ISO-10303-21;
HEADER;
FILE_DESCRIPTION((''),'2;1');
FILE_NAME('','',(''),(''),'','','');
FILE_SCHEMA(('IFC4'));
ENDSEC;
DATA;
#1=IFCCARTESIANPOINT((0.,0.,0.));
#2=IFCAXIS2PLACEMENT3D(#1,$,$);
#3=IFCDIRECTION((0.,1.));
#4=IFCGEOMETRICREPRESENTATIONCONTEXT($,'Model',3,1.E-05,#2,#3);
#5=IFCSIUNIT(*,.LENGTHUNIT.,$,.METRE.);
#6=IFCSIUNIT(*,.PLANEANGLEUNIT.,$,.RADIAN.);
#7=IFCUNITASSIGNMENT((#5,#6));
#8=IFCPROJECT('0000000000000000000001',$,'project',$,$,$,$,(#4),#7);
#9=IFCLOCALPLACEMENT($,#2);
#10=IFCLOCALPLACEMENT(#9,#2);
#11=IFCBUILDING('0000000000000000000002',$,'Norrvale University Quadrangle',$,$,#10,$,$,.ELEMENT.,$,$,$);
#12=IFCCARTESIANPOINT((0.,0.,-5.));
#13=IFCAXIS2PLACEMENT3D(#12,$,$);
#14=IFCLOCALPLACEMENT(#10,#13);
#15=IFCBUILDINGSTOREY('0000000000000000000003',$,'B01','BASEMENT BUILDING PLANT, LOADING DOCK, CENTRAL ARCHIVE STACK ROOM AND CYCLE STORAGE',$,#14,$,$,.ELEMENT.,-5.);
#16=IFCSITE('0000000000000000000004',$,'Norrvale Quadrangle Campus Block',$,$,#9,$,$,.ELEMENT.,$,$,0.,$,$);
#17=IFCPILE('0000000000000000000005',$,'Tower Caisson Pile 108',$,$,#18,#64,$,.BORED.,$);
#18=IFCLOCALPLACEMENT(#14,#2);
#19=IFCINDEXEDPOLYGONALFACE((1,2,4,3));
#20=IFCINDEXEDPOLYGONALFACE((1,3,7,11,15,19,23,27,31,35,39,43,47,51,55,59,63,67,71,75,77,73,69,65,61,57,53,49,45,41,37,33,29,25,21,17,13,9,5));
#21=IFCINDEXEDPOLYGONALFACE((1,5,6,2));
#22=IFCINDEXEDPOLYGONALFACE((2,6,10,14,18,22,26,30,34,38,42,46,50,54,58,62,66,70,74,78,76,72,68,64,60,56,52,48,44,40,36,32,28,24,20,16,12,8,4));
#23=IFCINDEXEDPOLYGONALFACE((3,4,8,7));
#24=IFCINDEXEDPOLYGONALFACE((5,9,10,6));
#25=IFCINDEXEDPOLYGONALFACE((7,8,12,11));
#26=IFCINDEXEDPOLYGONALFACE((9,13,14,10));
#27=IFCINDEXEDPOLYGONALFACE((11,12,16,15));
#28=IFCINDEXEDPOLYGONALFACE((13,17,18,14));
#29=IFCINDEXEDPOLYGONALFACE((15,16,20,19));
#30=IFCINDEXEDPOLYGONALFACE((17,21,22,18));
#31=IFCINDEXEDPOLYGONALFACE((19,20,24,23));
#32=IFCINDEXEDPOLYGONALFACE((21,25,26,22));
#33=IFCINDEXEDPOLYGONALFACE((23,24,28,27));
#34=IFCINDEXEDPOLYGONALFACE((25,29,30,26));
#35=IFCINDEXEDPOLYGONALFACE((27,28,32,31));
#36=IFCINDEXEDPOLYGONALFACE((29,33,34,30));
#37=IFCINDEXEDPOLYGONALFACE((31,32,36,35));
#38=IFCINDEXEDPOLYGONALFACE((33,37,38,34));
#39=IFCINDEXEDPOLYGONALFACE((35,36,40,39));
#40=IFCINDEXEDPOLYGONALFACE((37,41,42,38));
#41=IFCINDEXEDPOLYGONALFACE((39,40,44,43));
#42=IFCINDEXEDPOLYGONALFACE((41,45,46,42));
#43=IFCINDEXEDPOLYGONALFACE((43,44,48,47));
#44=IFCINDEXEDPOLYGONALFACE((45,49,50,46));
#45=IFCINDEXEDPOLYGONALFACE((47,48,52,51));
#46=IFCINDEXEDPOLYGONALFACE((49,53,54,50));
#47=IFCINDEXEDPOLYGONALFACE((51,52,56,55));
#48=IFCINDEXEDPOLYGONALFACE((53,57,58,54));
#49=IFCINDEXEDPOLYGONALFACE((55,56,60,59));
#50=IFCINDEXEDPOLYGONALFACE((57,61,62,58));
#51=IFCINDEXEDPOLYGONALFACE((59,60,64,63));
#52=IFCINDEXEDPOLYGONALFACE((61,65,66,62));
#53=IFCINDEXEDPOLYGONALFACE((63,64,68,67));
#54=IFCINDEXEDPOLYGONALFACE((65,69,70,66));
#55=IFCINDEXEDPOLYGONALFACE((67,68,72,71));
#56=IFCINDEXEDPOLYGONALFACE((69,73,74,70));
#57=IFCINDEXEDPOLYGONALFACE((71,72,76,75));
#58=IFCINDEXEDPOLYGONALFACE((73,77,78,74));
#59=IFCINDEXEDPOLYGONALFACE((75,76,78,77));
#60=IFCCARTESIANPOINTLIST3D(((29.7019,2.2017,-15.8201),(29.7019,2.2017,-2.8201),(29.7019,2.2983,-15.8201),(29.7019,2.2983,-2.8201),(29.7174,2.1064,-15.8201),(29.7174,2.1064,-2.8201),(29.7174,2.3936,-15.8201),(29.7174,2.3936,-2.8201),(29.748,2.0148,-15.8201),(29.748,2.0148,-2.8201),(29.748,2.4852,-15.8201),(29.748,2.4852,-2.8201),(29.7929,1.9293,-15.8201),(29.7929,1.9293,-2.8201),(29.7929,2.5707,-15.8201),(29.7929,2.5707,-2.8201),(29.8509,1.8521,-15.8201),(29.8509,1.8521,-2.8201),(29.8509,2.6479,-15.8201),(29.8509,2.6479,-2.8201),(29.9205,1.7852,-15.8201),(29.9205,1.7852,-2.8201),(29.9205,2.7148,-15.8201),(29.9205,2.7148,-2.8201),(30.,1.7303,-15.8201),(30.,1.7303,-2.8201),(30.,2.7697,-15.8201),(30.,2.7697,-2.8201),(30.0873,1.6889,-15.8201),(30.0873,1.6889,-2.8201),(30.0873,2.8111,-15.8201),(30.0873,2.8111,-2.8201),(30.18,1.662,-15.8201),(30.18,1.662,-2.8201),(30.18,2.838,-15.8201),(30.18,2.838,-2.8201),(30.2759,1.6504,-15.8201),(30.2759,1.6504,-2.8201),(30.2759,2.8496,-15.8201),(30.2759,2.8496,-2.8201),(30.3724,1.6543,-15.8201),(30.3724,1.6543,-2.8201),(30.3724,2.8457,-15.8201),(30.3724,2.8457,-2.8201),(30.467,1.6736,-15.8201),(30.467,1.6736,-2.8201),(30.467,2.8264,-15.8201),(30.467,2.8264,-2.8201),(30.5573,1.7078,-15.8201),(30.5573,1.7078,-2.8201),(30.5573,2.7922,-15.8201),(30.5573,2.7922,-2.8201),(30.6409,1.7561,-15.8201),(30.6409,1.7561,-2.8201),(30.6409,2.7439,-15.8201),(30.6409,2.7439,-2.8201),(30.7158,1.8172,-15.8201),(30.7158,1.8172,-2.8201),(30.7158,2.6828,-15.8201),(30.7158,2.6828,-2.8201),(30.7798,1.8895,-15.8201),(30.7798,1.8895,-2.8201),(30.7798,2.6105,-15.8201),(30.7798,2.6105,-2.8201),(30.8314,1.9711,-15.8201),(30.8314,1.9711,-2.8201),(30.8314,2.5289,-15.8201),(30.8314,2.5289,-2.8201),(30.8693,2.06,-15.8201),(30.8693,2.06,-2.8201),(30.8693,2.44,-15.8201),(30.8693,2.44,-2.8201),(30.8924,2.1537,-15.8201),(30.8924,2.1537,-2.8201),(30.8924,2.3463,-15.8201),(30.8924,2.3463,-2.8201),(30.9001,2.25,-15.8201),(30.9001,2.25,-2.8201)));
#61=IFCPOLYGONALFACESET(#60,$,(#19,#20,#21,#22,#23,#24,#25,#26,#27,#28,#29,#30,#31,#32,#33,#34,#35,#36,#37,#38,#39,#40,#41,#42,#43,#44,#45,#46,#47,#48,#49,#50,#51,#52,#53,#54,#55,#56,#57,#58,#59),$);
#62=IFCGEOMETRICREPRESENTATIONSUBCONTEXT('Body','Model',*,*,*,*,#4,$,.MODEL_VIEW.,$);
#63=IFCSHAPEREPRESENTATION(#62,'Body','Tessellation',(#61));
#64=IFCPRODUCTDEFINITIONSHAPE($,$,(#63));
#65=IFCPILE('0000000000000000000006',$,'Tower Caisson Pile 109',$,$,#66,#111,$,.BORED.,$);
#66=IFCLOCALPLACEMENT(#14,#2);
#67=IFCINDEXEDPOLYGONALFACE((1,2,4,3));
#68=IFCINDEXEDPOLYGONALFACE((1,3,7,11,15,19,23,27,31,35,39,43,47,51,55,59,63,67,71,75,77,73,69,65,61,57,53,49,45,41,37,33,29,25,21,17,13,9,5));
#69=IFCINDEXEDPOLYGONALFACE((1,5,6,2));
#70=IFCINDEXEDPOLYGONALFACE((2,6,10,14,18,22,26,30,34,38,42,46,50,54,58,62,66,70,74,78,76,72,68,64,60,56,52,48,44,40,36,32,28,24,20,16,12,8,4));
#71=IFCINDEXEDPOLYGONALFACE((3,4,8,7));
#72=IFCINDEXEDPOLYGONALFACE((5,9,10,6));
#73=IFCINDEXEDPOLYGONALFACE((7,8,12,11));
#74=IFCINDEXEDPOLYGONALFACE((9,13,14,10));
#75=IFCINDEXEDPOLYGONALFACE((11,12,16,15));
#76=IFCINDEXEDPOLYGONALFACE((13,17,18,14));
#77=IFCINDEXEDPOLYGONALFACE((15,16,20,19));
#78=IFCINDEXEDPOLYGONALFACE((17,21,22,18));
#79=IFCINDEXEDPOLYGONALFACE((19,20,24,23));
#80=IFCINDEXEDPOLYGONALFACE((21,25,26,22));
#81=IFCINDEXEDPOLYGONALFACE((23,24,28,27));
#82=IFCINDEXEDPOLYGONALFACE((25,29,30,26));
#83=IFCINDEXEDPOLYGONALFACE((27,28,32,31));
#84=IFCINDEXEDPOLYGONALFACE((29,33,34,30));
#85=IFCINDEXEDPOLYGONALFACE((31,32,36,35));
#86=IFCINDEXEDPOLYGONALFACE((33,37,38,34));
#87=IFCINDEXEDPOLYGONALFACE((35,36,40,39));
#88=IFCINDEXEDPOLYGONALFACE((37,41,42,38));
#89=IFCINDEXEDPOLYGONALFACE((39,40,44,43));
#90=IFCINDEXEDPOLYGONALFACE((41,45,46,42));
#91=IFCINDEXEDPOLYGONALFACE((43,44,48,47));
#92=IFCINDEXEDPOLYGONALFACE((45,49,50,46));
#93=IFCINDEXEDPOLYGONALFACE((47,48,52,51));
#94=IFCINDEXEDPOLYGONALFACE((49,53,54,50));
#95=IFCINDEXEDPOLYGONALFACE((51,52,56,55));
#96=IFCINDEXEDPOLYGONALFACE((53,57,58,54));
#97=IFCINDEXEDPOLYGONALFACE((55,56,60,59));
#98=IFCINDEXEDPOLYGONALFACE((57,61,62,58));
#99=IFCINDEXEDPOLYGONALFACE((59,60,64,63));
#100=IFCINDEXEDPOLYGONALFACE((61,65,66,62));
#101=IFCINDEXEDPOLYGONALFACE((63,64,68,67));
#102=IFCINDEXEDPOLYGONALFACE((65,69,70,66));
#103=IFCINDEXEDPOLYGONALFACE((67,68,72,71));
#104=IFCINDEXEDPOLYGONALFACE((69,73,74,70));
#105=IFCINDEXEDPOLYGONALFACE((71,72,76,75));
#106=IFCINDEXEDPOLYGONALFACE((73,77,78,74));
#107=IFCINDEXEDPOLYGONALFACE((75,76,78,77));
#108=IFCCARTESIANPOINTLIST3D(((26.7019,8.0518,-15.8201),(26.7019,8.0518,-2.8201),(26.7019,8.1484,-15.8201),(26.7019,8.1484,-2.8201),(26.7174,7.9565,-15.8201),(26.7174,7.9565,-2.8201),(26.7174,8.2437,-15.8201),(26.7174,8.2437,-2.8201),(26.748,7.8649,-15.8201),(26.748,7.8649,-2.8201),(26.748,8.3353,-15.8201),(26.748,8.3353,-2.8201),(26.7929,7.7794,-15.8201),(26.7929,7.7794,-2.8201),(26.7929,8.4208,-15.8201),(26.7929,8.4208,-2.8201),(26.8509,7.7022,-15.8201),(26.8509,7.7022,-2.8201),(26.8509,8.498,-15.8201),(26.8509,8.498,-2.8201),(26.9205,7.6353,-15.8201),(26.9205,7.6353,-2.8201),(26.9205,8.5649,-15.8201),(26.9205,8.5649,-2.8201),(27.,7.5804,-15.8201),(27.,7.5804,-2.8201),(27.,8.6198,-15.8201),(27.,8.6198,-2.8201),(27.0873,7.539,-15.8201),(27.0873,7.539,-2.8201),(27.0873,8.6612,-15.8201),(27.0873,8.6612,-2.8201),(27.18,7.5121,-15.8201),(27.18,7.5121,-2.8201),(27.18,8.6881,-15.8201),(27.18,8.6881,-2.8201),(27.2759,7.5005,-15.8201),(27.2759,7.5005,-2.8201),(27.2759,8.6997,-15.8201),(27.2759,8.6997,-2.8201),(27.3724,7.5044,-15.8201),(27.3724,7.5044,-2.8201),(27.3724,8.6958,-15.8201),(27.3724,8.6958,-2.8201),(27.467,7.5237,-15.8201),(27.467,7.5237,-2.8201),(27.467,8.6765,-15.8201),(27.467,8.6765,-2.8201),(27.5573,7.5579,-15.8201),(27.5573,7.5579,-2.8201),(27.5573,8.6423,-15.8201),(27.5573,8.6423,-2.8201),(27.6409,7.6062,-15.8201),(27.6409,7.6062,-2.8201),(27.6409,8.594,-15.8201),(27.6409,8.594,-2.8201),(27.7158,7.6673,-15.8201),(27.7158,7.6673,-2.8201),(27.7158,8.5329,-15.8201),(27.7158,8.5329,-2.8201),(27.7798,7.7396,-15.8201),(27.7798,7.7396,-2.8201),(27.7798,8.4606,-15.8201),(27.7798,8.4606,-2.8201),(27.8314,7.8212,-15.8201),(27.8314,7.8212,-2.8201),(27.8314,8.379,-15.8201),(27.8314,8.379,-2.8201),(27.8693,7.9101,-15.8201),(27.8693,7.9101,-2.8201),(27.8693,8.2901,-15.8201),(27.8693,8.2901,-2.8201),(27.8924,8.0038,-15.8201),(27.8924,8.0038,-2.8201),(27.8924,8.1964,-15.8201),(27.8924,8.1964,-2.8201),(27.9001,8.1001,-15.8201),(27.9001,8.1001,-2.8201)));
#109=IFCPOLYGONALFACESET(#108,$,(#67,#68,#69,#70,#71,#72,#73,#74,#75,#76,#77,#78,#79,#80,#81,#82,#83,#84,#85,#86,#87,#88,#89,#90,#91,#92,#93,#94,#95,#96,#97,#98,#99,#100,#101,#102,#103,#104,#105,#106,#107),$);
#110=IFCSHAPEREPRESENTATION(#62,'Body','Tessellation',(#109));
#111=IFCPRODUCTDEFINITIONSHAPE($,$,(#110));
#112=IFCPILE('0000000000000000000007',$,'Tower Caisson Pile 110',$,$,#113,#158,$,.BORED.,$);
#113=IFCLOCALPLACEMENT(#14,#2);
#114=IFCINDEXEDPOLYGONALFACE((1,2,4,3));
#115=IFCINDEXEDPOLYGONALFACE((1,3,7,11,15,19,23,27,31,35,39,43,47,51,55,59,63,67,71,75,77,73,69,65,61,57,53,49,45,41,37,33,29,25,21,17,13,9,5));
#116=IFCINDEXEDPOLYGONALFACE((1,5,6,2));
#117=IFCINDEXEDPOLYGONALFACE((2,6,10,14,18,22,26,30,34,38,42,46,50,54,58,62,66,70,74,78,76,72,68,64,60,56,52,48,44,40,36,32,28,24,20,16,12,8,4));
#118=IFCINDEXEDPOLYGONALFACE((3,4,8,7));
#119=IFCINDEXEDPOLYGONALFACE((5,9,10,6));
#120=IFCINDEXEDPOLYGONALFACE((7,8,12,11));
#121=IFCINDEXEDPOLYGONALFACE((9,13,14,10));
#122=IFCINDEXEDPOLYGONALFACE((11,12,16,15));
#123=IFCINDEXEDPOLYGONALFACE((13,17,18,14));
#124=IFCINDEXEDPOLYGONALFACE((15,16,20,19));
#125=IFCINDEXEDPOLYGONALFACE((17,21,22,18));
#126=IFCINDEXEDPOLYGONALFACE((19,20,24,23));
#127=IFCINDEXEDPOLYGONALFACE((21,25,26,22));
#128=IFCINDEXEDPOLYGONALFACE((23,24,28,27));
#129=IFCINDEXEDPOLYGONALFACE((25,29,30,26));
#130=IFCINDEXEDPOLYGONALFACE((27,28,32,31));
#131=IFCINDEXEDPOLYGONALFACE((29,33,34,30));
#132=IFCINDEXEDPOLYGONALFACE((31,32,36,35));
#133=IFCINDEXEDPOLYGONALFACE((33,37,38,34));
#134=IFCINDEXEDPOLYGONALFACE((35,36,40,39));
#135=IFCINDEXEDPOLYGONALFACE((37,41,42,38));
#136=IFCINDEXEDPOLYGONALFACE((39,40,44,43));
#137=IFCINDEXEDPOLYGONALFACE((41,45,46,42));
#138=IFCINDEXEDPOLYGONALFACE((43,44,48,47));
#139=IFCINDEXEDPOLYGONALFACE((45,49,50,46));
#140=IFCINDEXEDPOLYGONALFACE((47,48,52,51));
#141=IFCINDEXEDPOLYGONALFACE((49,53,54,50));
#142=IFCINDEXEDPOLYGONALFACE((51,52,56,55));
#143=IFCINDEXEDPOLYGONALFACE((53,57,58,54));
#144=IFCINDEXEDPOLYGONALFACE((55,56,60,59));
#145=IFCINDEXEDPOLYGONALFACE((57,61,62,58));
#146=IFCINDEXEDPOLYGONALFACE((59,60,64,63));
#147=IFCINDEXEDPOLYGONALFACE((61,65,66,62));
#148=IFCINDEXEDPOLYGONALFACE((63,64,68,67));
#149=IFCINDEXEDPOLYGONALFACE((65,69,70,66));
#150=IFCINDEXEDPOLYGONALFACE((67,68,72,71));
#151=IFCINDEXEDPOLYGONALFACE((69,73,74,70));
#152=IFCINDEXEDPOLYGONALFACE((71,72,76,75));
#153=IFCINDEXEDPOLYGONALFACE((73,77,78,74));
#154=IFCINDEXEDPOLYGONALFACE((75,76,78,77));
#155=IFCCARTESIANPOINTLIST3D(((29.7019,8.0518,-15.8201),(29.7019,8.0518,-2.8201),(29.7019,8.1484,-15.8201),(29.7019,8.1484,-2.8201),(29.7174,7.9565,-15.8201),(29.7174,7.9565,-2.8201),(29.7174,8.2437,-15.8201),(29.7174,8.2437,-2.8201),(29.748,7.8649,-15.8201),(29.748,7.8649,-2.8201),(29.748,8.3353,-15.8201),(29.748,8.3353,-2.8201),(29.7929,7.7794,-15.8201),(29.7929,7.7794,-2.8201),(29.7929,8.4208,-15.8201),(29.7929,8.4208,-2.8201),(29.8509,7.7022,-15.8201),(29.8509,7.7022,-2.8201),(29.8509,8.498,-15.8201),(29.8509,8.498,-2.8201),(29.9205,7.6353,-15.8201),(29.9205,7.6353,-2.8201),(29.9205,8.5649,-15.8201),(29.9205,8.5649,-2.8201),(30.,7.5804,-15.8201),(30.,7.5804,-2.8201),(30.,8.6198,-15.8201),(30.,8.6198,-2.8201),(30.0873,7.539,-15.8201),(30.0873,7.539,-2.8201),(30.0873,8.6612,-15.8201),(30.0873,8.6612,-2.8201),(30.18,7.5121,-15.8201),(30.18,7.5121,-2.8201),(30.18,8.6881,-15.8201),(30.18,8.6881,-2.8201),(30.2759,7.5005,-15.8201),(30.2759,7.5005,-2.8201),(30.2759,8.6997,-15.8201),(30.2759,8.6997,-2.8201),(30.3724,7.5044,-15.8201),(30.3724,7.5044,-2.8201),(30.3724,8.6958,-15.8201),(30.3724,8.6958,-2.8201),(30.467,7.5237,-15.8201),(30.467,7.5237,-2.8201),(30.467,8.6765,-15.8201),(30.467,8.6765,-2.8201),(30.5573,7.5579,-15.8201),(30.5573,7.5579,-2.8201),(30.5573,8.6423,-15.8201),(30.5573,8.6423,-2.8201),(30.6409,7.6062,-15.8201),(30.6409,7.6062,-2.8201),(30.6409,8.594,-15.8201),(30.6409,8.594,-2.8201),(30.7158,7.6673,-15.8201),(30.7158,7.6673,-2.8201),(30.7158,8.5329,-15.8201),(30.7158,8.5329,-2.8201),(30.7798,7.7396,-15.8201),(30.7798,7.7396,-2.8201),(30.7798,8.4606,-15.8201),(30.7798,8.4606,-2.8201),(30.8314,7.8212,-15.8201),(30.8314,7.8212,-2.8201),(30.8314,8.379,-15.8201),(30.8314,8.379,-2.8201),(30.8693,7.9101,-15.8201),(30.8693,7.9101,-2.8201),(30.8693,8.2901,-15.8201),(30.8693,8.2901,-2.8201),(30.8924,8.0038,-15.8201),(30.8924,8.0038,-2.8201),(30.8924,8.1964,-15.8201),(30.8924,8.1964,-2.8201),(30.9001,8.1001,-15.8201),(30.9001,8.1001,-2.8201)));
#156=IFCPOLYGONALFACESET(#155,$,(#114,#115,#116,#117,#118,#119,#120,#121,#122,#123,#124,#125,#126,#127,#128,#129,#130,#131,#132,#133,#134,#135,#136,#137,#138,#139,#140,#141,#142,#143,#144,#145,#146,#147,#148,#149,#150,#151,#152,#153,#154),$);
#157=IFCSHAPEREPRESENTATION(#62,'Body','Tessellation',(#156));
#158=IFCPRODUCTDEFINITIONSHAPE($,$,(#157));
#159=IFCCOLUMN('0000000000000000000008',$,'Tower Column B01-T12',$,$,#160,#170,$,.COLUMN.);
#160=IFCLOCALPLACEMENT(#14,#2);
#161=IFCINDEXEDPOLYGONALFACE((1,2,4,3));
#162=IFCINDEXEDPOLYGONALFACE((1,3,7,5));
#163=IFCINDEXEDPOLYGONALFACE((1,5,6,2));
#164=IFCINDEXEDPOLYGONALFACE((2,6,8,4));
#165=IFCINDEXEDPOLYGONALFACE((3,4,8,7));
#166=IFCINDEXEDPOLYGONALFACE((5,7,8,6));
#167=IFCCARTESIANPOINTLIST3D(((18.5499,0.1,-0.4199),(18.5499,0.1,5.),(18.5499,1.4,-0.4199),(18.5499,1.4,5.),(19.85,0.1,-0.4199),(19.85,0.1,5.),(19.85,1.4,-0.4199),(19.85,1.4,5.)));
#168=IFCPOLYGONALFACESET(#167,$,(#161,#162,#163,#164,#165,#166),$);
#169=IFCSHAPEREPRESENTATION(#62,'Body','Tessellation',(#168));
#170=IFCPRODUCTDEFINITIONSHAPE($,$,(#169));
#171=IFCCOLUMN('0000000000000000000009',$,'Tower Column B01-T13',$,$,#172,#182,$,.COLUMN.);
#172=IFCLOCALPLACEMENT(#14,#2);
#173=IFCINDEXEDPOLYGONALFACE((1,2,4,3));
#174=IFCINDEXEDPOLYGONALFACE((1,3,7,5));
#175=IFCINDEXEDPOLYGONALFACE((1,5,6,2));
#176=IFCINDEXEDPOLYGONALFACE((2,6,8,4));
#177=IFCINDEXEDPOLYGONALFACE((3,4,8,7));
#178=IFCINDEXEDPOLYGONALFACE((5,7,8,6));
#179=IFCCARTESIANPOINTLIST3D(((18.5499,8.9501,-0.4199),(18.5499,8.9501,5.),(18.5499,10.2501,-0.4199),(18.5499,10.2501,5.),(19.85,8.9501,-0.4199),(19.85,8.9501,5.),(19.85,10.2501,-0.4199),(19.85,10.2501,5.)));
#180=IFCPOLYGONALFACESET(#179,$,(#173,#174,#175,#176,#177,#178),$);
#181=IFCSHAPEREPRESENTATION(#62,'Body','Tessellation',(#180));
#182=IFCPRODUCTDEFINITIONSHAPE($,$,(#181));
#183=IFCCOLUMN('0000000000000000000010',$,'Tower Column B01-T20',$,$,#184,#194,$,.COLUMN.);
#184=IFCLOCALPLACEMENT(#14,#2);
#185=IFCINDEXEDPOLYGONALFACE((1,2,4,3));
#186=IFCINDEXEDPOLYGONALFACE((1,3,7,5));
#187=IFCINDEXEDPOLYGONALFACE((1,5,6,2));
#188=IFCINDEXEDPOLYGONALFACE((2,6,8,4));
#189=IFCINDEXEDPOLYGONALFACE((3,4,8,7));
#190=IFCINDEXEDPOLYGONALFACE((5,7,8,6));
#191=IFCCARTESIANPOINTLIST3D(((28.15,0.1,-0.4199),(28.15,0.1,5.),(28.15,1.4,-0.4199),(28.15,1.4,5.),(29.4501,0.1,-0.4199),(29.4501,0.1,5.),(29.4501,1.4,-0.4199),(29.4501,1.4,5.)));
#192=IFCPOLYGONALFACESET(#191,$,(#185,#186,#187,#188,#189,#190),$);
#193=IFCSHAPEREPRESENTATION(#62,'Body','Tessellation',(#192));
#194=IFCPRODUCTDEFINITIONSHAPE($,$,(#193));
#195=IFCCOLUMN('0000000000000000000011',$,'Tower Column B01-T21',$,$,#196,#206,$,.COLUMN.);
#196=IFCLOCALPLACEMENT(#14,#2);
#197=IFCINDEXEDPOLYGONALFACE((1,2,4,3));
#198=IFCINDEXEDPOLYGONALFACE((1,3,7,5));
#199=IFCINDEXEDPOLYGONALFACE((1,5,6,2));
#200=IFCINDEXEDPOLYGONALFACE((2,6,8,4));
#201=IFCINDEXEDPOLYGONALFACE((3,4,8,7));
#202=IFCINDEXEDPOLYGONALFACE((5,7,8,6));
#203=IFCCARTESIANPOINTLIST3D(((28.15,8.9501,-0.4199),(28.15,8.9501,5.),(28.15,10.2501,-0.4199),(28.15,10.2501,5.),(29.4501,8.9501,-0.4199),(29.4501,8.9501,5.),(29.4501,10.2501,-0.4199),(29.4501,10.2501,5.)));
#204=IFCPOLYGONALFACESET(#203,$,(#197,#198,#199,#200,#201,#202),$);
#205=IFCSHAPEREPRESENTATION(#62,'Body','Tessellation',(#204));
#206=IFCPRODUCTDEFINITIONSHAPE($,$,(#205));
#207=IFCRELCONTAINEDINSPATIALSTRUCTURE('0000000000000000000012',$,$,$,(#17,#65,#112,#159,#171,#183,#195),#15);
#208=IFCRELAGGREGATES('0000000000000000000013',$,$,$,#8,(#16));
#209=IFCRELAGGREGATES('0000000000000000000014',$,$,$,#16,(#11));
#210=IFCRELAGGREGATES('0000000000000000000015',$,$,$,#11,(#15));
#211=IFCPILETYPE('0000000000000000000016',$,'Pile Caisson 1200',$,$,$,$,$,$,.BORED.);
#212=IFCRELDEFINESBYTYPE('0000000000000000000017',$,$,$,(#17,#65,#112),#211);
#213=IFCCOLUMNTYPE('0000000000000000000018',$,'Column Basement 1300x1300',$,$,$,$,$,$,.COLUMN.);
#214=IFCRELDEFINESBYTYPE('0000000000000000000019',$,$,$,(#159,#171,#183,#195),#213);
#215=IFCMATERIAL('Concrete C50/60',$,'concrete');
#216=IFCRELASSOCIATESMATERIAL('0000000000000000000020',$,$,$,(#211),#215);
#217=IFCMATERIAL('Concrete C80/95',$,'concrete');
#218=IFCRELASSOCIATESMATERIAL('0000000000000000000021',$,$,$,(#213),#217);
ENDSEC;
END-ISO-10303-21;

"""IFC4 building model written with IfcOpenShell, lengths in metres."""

from ifc_helpers import new_model, si_unit, direction, frame, origin, origin_2d, place, context, subcontext, project, spatial, rectangle, circle, extrude, material, material_profile, profile_set, type_object, element, save


model = new_model("IFC4")

# Units and contexts
model_context = context("Model", 3, precision=1e-05, world=origin(), true_north=direction((0.0, 1.0)))
body_context = subcontext(model_context, "Body", "Model", "MODEL_VIEW")
ifc_project = project(units=[si_unit("LENGTHUNIT", "METRE"), si_unit("PLANEANGLEUNIT", "RADIAN")], contexts=[model_context])

# Site, building, storey
site_placement = place(None, origin())
site = spatial("IfcSite", under=ifc_project, at=site_placement, Name="Norrvale Quadrangle Campus Block", CompositionType="ELEMENT", RefElevation=0.0)
building_placement = place(site_placement, origin())
building = spatial("IfcBuilding", under=site, at=building_placement, Name="Norrvale University Quadrangle", CompositionType="ELEMENT")
storey_placement = place(building_placement, frame((0.0, 0.0, -5.0)))
storey = spatial("IfcBuildingStorey", under=building, at=storey_placement, Name="B01", Description="BASEMENT BUILDING PLANT, LOADING DOCK, CENTRAL ARCHIVE STACK ROOM AND CYCLE STORAGE", CompositionType="ELEMENT", Elevation=-5.0)

# Shared definitions
ifc_material_1 = material(Name="Concrete C50/60", Category="concrete")

# Piles
ifc_material_profile_1 = material_profile(ifc_material_1, circle(Radius=0.6001, at=origin_2d()), Name="Concrete C50/60")
ifc_profile_set_1 = profile_set([ifc_material_profile_1], Name="Concrete C50/60")
pile_type = type_object("IfcPileType", Name="Pile Caisson 1200", PredefinedType="BORED", material=ifc_profile_set_1)
for number, where, z_axis, x_axis, name in (
    (1, (30.3, 2.25, -2.8201), (0.0, 0.0, -1.0), (1.0, 0.0, 0.0), "Tower Caisson Pile 108"),
    (2, (27.3, 8.1001, -2.8201), (0.0, 0.0, -1.0), (1.0, 0.0, 0.0), "Tower Caisson Pile 109"),
    (3, (30.3, 8.1001, -2.8201), (0.0, 0.0, -1.0), (1.0, 0.0, 0.0), "Tower Caisson Pile 110"),
):
    element("IfcPile", number, at=place(storey_placement, frame(where, z_axis=z_axis, x_axis=x_axis)), inside=storey, type_object=pile_type, Name=name, PredefinedType="BORED", context=body_context, shape_type="SweptSolid", body=[
        extrude(circle(Radius=0.6001, at=origin_2d()), origin(), (0.0, 0.0, 1.0), 13.0),
    ])

# Columns
ifc_material_2 = material(Name="Concrete C80/95", Category="concrete")
ifc_material_profile_2 = material_profile(ifc_material_2, rectangle(XDim=1.3, YDim=1.3, at=origin_2d()), Name="Concrete C80/95")
ifc_profile_set_2 = profile_set([ifc_material_profile_2], Name="Concrete C80/95")
column_type = type_object("IfcColumnType", Name="Column Basement 1300x1300", PredefinedType="COLUMN", material=ifc_profile_set_2)
for number, where, z_axis, x_axis, name in (
    (4, (19.2, 0.75, -0.4199), (0.0, 0.0, 1.0), (1.0, 0.0, 0.0), "Tower Column B01-T12"),
    (5, (19.2, 9.6001, -0.4199), (0.0, 0.0, 1.0), (1.0, 0.0, 0.0), "Tower Column B01-T13"),
    (6, (28.8, 0.75, -0.4199), (0.0, 0.0, 1.0), (1.0, 0.0, 0.0), "Tower Column B01-T20"),
    (7, (28.8, 9.6001, -0.4199), (0.0, 0.0, 1.0), (1.0, 0.0, 0.0), "Tower Column B01-T21"),
):
    element("IfcColumn", number, at=place(storey_placement, frame(where, z_axis=z_axis, x_axis=x_axis)), inside=storey, type_object=column_type, Name=name, PredefinedType="COLUMN", context=body_context, shape_type="SweptSolid", body=[
        extrude(rectangle(XDim=1.3, YDim=1.3, at=origin_2d()), origin(), (0.0, 0.0, 1.0), 5.4199),
    ])

save(model, "model.ifc")
